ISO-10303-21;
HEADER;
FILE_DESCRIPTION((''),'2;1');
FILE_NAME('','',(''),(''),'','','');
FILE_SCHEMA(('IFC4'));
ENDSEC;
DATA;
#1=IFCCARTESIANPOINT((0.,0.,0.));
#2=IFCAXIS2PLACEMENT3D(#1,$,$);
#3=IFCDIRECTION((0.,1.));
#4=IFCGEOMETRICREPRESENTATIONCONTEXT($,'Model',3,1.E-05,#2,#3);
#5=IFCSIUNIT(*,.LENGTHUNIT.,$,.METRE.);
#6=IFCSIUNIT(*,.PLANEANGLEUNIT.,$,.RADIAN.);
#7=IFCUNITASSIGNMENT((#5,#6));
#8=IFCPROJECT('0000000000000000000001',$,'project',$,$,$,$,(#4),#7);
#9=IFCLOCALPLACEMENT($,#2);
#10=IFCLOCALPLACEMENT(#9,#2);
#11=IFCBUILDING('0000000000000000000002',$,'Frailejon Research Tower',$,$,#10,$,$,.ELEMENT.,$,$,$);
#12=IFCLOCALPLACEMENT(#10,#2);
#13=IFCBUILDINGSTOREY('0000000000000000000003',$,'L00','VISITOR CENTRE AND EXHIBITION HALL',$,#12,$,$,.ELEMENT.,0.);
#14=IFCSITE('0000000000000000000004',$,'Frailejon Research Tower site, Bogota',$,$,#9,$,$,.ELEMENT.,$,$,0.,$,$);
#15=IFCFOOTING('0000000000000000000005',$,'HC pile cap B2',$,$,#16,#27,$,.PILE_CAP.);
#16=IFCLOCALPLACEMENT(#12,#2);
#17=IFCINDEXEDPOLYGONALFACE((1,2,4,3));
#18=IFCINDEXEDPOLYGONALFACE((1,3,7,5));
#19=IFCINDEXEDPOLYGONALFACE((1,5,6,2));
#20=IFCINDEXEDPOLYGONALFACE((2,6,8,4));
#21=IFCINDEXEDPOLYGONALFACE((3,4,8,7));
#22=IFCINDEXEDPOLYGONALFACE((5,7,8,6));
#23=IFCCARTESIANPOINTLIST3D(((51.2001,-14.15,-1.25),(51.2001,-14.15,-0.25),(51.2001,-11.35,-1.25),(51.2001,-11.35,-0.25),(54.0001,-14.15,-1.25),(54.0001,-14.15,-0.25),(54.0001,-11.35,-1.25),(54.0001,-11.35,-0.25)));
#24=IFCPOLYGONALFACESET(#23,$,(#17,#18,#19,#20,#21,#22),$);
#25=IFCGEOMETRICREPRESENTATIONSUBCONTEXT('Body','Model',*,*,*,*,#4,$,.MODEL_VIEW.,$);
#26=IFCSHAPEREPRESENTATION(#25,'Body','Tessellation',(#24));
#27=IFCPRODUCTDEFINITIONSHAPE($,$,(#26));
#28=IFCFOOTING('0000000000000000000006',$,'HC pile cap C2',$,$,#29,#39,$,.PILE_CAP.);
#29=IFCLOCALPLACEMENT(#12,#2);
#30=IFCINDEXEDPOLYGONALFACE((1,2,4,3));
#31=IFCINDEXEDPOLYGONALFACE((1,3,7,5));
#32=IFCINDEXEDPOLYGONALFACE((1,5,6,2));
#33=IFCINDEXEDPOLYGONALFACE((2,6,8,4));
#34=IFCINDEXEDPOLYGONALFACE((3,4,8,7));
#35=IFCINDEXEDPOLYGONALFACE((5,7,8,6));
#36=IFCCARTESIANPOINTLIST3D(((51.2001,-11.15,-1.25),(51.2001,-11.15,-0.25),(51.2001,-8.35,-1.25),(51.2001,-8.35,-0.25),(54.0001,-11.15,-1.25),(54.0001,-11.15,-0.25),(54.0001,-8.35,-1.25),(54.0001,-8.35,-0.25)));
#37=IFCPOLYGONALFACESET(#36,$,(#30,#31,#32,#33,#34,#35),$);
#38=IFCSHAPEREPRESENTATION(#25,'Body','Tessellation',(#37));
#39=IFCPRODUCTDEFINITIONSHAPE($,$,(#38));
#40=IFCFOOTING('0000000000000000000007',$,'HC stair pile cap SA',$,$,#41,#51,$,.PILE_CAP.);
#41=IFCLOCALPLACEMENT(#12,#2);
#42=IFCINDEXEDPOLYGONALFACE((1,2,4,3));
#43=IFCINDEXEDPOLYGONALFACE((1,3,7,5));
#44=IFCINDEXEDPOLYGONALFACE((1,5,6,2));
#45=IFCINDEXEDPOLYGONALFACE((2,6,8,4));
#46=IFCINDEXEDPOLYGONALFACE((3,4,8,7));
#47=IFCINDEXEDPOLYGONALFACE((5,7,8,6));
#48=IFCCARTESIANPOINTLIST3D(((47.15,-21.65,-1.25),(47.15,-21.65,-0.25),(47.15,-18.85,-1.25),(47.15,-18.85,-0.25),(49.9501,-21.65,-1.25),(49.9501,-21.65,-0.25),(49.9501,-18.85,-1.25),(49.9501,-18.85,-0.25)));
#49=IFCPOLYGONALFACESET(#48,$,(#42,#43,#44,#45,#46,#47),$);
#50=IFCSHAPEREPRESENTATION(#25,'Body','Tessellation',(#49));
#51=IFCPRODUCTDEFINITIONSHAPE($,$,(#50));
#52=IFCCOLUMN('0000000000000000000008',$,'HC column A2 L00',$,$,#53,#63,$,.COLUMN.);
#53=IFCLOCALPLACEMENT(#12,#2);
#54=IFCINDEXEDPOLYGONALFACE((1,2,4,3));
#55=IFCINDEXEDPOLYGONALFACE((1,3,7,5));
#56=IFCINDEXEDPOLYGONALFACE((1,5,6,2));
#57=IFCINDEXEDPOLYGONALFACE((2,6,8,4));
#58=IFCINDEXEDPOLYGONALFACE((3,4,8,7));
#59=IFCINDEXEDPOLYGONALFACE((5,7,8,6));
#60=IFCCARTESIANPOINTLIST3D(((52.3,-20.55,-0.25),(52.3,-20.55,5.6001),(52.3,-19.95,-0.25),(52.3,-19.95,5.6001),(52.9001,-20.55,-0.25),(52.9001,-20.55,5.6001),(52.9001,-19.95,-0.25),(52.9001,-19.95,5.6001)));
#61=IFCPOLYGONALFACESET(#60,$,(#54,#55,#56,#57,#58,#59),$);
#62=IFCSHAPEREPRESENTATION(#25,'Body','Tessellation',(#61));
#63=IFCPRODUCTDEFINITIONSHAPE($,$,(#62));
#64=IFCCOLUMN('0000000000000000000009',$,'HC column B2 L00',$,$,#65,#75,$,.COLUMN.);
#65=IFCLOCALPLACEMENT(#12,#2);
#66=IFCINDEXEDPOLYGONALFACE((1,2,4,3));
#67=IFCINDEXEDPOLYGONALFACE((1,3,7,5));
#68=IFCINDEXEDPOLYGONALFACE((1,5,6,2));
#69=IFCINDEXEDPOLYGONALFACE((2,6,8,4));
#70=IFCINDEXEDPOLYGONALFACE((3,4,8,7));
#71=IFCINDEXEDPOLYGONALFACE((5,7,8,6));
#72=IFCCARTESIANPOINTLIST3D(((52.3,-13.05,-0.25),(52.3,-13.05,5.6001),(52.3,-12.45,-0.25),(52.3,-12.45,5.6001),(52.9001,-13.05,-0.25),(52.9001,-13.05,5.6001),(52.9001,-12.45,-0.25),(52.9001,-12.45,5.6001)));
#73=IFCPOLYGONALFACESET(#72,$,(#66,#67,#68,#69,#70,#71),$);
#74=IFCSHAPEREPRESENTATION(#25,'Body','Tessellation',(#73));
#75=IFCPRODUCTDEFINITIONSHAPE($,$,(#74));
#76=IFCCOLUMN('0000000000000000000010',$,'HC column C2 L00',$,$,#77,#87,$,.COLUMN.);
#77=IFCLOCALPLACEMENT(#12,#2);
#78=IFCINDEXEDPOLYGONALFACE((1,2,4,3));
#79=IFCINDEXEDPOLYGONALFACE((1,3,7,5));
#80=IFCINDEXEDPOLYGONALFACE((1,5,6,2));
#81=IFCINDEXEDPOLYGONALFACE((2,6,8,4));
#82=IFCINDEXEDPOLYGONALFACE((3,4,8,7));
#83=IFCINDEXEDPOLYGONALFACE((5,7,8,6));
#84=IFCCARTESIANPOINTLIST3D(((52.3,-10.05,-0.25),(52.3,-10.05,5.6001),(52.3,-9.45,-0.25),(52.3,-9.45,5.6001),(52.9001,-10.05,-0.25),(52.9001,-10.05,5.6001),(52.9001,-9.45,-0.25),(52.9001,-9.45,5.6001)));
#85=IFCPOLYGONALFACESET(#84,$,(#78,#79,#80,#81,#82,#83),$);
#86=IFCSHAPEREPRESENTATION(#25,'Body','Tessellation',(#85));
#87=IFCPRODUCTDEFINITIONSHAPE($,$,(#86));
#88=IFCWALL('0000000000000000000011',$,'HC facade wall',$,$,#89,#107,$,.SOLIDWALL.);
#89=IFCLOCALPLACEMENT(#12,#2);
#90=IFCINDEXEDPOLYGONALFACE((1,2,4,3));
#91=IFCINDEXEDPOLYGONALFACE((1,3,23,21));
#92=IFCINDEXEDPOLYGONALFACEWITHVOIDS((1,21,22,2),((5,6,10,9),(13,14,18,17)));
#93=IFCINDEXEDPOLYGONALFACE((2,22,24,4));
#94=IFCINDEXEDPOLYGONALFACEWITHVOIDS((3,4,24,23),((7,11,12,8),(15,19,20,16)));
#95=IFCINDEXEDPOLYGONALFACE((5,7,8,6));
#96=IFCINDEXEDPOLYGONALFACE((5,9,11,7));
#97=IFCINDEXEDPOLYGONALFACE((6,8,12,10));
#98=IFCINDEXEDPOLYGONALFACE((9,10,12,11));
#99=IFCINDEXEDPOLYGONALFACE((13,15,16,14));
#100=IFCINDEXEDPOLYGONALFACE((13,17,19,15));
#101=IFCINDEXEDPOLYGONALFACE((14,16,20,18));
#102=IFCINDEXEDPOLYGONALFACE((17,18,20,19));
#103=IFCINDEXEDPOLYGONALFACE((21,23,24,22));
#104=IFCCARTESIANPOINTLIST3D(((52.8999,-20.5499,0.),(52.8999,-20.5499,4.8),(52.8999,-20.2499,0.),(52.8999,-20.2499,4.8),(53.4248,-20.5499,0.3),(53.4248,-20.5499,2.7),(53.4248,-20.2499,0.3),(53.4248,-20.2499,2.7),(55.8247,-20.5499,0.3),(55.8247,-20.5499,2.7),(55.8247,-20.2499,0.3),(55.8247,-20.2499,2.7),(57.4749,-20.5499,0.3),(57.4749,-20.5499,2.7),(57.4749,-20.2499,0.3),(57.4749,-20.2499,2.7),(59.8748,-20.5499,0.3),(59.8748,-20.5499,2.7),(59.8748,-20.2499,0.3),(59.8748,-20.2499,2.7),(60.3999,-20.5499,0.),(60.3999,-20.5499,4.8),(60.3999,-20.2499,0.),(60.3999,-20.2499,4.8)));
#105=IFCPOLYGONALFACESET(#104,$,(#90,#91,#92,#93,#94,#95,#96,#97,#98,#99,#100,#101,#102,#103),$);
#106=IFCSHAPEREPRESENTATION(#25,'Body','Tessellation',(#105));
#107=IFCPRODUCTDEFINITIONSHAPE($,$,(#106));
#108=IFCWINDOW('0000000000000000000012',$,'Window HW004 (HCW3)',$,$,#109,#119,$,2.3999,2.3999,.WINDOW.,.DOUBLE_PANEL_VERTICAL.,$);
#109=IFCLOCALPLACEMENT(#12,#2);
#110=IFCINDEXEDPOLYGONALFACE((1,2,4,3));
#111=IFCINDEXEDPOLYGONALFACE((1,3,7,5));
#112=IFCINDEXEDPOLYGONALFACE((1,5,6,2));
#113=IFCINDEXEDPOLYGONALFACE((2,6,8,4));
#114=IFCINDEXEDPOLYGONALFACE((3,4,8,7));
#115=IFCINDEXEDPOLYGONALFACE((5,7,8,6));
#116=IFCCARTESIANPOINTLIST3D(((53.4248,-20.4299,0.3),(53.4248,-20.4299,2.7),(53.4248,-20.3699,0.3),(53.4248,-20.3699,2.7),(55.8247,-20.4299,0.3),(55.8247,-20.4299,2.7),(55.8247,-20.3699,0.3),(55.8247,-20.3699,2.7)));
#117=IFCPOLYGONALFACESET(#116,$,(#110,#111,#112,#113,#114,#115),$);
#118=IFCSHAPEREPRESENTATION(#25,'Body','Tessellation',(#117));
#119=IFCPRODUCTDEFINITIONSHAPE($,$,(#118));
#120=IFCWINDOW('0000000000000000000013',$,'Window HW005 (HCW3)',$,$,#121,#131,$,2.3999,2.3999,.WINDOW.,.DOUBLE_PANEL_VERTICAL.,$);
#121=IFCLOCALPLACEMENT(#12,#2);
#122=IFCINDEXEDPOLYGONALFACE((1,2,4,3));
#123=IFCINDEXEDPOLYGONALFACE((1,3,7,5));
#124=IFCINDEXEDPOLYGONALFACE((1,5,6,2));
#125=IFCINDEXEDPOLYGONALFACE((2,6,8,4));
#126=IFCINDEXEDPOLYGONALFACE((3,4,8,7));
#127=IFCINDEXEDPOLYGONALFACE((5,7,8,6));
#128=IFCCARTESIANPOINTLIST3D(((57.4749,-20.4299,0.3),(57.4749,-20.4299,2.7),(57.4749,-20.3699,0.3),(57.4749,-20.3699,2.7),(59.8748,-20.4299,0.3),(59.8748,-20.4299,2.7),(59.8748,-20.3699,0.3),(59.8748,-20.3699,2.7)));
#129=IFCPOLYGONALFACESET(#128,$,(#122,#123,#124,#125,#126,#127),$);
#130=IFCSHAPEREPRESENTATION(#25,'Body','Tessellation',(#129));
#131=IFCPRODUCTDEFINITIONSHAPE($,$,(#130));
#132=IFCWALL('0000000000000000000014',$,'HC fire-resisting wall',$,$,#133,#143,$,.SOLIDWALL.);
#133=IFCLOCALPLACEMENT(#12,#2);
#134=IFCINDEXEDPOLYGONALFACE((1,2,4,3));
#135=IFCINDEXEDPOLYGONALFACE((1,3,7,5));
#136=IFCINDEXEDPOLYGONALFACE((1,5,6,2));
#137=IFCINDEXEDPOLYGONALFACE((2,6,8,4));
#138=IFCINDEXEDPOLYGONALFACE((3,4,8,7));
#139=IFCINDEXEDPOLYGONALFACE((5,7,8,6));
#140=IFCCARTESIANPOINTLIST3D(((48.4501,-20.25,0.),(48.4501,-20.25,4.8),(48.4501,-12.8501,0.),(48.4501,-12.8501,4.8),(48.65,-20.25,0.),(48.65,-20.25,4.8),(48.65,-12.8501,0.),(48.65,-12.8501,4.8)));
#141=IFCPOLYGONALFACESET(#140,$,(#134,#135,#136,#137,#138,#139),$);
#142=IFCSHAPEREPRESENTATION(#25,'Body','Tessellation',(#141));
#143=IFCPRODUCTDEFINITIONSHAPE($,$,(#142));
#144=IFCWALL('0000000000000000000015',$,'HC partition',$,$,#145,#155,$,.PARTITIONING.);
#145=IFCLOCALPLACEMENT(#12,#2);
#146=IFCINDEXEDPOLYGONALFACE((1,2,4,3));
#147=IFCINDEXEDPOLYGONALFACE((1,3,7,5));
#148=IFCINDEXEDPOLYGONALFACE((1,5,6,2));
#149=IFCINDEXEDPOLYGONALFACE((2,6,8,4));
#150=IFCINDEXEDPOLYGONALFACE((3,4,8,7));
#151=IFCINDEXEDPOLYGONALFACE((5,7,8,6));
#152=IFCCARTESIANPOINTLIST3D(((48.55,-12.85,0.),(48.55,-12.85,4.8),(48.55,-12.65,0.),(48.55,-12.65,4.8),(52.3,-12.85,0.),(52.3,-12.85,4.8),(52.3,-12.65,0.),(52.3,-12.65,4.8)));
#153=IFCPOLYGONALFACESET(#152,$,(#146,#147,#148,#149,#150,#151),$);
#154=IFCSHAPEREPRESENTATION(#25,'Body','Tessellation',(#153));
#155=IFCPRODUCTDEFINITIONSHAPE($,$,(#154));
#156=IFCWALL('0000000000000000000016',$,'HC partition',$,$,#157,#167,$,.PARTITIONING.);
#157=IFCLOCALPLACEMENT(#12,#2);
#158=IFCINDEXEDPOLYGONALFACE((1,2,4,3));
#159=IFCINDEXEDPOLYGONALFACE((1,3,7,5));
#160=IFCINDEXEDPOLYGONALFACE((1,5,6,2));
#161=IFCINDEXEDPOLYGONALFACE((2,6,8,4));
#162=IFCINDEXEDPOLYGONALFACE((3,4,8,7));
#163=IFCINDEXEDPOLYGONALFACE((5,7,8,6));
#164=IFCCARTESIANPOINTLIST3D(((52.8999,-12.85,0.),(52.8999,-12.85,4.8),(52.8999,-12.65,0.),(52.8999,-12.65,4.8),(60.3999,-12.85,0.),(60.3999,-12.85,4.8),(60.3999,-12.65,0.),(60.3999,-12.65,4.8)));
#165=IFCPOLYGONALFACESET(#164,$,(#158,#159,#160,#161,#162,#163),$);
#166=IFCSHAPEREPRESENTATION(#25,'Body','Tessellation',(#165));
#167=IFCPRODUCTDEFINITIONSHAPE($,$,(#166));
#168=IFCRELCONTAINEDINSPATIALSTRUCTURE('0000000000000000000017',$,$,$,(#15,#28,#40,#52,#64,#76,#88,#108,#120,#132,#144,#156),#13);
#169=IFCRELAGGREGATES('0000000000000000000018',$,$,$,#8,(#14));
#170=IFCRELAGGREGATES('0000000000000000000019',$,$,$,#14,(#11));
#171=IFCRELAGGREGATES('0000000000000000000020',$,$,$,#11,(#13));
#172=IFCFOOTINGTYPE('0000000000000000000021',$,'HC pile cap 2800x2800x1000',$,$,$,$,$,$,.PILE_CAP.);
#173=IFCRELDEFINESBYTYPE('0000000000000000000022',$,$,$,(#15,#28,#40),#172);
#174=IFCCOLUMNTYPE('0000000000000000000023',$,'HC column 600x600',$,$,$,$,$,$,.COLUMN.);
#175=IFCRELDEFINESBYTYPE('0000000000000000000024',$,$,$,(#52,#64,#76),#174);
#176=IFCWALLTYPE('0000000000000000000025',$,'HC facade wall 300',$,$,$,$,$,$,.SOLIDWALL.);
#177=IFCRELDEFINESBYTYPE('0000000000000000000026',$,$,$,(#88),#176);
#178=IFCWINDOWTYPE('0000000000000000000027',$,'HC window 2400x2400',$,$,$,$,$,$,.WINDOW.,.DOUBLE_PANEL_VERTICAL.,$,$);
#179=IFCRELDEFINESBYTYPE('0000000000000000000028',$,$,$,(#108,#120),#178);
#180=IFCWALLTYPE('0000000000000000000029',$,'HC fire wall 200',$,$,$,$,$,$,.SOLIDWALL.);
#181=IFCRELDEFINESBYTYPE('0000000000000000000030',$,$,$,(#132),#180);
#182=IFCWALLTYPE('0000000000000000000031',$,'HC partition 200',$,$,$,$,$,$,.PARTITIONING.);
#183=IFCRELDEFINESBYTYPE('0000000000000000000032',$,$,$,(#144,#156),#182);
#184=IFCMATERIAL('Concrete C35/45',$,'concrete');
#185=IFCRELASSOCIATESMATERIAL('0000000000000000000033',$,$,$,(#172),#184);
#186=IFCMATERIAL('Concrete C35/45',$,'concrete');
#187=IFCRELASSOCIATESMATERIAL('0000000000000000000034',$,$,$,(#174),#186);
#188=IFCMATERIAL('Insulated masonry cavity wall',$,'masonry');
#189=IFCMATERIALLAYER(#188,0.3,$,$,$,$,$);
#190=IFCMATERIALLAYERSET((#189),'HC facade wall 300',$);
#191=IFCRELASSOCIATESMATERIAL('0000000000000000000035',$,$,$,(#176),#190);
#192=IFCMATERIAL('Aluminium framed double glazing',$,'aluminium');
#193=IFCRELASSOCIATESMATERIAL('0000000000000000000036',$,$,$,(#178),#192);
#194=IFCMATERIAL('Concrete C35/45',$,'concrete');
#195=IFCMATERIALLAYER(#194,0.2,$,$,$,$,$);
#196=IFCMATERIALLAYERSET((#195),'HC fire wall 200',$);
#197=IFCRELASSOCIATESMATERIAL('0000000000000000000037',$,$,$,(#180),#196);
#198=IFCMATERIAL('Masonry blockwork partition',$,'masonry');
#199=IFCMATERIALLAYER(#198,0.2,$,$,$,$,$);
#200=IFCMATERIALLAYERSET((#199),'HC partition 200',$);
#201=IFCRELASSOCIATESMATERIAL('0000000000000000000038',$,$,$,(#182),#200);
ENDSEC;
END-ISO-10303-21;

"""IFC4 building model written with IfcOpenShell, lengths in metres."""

from ifc_helpers import new_model, si_unit, direction, frame, frame_2d, origin, origin_2d, place, context, subcontext, project, spatial, rectangle, extrude, material, layer, layer_set, material_profile, profile_set, type_object, element, fill, save


model = new_model("IFC4")

# Units and contexts
model_context = context("Model", 3, precision=1e-05, world=origin(), true_north=direction((0.0, 1.0)))
body_context = subcontext(model_context, "Body", "Model", "MODEL_VIEW")
ifc_project = project(units=[si_unit("LENGTHUNIT", "METRE"), si_unit("PLANEANGLEUNIT", "RADIAN")], contexts=[model_context])

# Site, building, storey
site_placement = place(None, origin())
site = spatial("IfcSite", under=ifc_project, at=site_placement, Name="Frailejon Research Tower site, Bogota", CompositionType="ELEMENT", RefElevation=0.0)
building_placement = place(site_placement, origin())
building = spatial("IfcBuilding", under=site, at=building_placement, Name="Frailejon Research Tower", CompositionType="ELEMENT")
storey_placement = place(building_placement, origin())
storey = spatial("IfcBuildingStorey", under=building, at=storey_placement, Name="L00", Description="VISITOR CENTRE AND EXHIBITION HALL", CompositionType="ELEMENT", Elevation=0.0)

# Footings
ifc_material_1 = material(Name="Concrete C35/45", Category="concrete")
footing_type = type_object("IfcFootingType", Name="HC pile cap 2800x2800x1000", PredefinedType="PILE_CAP", material=ifc_material_1)
for number, where, z_axis, x_axis, name in (
    (1, (52.6001, -12.75, -1.25), (0.0, 0.0, 1.0), (1.0, 0.0, 0.0), "HC pile cap B2"),
    (2, (52.6001, -9.75, -1.25), (0.0, 0.0, 1.0), (1.0, 0.0, 0.0), "HC pile cap C2"),
    (3, (48.55, -20.25, -1.25), (0.0, 0.0, 1.0), (1.0, 0.0, 0.0), "HC stair pile cap SA"),
):
    element("IfcFooting", number, at=place(storey_placement, frame(where, z_axis=z_axis, x_axis=x_axis)), inside=storey, type_object=footing_type, Name=name, PredefinedType="PILE_CAP", context=body_context, shape_type="SweptSolid", body=[
        extrude(rectangle(XDim=2.8, YDim=2.8, at=origin_2d()), origin(), (0.0, 0.0, 1.0), 1.0),
    ])

# Columns
ifc_material_2 = material(Name="Concrete C35/45", Category="concrete")
ifc_material_profile_1 = material_profile(ifc_material_2, rectangle(XDim=0.6001, YDim=0.6001, at=origin_2d()), Name="HC column 600x600")
ifc_profile_set_1 = profile_set([ifc_material_profile_1], Name="Concrete C35/45")
column_type = type_object("IfcColumnType", Name="HC column 600x600", PredefinedType="COLUMN", material=ifc_profile_set_1)
for number, where, z_axis, x_axis, name in (
    (4, (52.6001, -20.25, -0.25), (0.0, 0.0, 1.0), (1.0, 0.0, 0.0), "HC column A2 L00"),
    (5, (52.6001, -12.75, -0.25), (0.0, 0.0, 1.0), (1.0, 0.0, 0.0), "HC column B2 L00"),
    (6, (52.6001, -9.75, -0.25), (0.0, 0.0, 1.0), (1.0, 0.0, 0.0), "HC column C2 L00"),
):
    element("IfcColumn", number, at=place(storey_placement, frame(where, z_axis=z_axis, x_axis=x_axis)), inside=storey, type_object=column_type, Name=name, PredefinedType="COLUMN", context=body_context, shape_type="SweptSolid", body=[
        extrude(rectangle(XDim=0.6001, YDim=0.6001, at=origin_2d()), origin(), (0.0, 0.0, 1.0), 5.8501),
    ])

# Wall, openings, windows
ifc_material_3 = material(Name="Insulated masonry cavity wall", Category="masonry")
ifc_layer_1 = layer(ifc_material_3, 0.3)
ifc_layer_set_1 = layer_set([ifc_layer_1], Name="HC facade wall 300")
wall_type_1 = type_object("IfcWallType", Name="HC facade wall 300", PredefinedType="SOLIDWALL", material=ifc_layer_set_1)
wall_1_placement = place(storey_placement, frame((52.8999, -20.3999, 0.0), z_axis=(0.0, 0.0, 1.0), x_axis=(1.0, 0.0, 0.0)))
wall_1 = element("IfcWall", 7, at=wall_1_placement, inside=storey, type_object=wall_type_1, Name="HC facade wall", PredefinedType="SOLIDWALL", context=body_context, shape_type="SweptSolid", body=[
    extrude(rectangle(XDim=7.5, YDim=0.3, at=frame_2d((3.75, 0.0))), origin(), (0.0, 0.0, 1.0), 4.8),
])
opening_1_placement = place(wall_1_placement, frame((0.5249, 0.0, 0.3)))
opening_1 = element("IfcOpeningElement", 8, at=opening_1_placement, cuts=wall_1, PredefinedType="OPENING", context=body_context, shape_type="SweptSolid", body=[
    extrude(rectangle(XDim=2.3999, YDim=2.3999, at=frame_2d((1.2, 1.2))), frame((0.0, 0.1599, 0.0), z_axis=(0.0, -1.0, 0.0), x_axis=(1.0, 0.0, 0.0)), (0.0, 0.0, 1.0), 0.3201),
])
opening_2_placement = place(wall_1_placement, frame((4.575, 0.0, 0.3)))
opening_2 = element("IfcOpeningElement", 9, at=opening_2_placement, cuts=wall_1, PredefinedType="OPENING", context=body_context, shape_type="SweptSolid", body=[
    extrude(rectangle(XDim=2.3999, YDim=2.3999, at=frame_2d((1.2, 1.2))), frame((0.0, 0.1599, 0.0), z_axis=(0.0, -1.0, 0.0), x_axis=(1.0, 0.0, 0.0)), (0.0, 0.0, 1.0), 0.3201),
])
ifc_material_4 = material(Name="Aluminium framed double glazing", Category="aluminium")
window_type = type_object("IfcWindowType", Name="HC window 2400x2400", PartitioningType="DOUBLE_PANEL_VERTICAL", PredefinedType="WINDOW", material=ifc_material_4)
window_1_placement = place(opening_1_placement, origin())
window_1 = element("IfcWindow", 10, at=window_1_placement, inside=storey, type_object=window_type, Name="Window HW004 (HCW3)", OverallHeight=2.3999, OverallWidth=2.3999, PartitioningType="DOUBLE_PANEL_VERTICAL", PredefinedType="WINDOW", context=body_context, shape_type="SweptSolid", body=[
    extrude(rectangle(XDim=2.3999, YDim=2.3999, at=frame_2d((1.2, 1.2))), frame((0.0, 0.03, 0.0), z_axis=(0.0, -1.0, 0.0), x_axis=(1.0, 0.0, 0.0)), (0.0, 0.0, 1.0), 0.0601),
])
fill(opening_1, window_1)
window_2_placement = place(opening_2_placement, origin())
window_2 = element("IfcWindow", 11, at=window_2_placement, inside=storey, type_object=window_type, Name="Window HW005 (HCW3)", OverallHeight=2.3999, OverallWidth=2.3999, PartitioningType="DOUBLE_PANEL_VERTICAL", PredefinedType="WINDOW", context=body_context, shape_type="SweptSolid", body=[
    extrude(rectangle(XDim=2.3999, YDim=2.3999, at=frame_2d((1.2, 1.2))), frame((0.0, 0.03, 0.0), z_axis=(0.0, -1.0, 0.0), x_axis=(1.0, 0.0, 0.0)), (0.0, 0.0, 1.0), 0.0601),
])
fill(opening_2, window_2)

# Walls
ifc_material_5 = material(Name="Concrete C35/45", Category="concrete")
ifc_layer_2 = layer(ifc_material_5, 0.2)
ifc_layer_set_2 = layer_set([ifc_layer_2], Name="HC fire wall 200")
wall_type_2 = type_object("IfcWallType", Name="HC fire wall 200", PredefinedType="SOLIDWALL", material=ifc_layer_set_2)
wall_2_placement = place(storey_placement, frame((48.55, -20.25, 0.0), z_axis=(0.0, 0.0, 1.0), x_axis=(0.0, 1.0, 0.0)))
element("IfcWall", 12, at=wall_2_placement, inside=storey, type_object=wall_type_2, Name="HC fire-resisting wall", PredefinedType="SOLIDWALL", context=body_context, shape_type="SweptSolid", body=[
    extrude(rectangle(XDim=7.3999, YDim=0.2, at=frame_2d((3.7, 0.0))), origin(), (0.0, 0.0, 1.0), 4.8),
])
ifc_material_6 = material(Name="Masonry blockwork partition", Category="masonry")
ifc_layer_3 = layer(ifc_material_6, 0.2)
ifc_layer_set_3 = layer_set([ifc_layer_3], Name="HC partition 200")
wall_type_3 = type_object("IfcWallType", Name="HC partition 200", PredefinedType="PARTITIONING", material=ifc_layer_set_3)
wall_3_placement = place(storey_placement, frame((48.55, -12.75, 0.0), z_axis=(0.0, 0.0, 1.0), x_axis=(1.0, 0.0, 0.0)))
element("IfcWall", 13, at=wall_3_placement, inside=storey, type_object=wall_type_3, Name="HC partition", PredefinedType="PARTITIONING", context=body_context, shape_type="SweptSolid", body=[
    extrude(rectangle(XDim=3.75, YDim=0.2, at=frame_2d((1.875, 0.0))), origin(), (0.0, 0.0, 1.0), 4.8),
])
wall_4_placement = place(storey_placement, frame((52.8999, -12.75, 0.0), z_axis=(0.0, 0.0, 1.0), x_axis=(1.0, 0.0, 0.0)))
element("IfcWall", 14, at=wall_4_placement, inside=storey, type_object=wall_type_3, Name="HC partition", PredefinedType="PARTITIONING", context=body_context, shape_type="SweptSolid", body=[
    extrude(rectangle(XDim=7.5, YDim=0.2, at=frame_2d((3.75, 0.0))), origin(), (0.0, 0.0, 1.0), 4.8),
])

save(model, "model.ifc")
